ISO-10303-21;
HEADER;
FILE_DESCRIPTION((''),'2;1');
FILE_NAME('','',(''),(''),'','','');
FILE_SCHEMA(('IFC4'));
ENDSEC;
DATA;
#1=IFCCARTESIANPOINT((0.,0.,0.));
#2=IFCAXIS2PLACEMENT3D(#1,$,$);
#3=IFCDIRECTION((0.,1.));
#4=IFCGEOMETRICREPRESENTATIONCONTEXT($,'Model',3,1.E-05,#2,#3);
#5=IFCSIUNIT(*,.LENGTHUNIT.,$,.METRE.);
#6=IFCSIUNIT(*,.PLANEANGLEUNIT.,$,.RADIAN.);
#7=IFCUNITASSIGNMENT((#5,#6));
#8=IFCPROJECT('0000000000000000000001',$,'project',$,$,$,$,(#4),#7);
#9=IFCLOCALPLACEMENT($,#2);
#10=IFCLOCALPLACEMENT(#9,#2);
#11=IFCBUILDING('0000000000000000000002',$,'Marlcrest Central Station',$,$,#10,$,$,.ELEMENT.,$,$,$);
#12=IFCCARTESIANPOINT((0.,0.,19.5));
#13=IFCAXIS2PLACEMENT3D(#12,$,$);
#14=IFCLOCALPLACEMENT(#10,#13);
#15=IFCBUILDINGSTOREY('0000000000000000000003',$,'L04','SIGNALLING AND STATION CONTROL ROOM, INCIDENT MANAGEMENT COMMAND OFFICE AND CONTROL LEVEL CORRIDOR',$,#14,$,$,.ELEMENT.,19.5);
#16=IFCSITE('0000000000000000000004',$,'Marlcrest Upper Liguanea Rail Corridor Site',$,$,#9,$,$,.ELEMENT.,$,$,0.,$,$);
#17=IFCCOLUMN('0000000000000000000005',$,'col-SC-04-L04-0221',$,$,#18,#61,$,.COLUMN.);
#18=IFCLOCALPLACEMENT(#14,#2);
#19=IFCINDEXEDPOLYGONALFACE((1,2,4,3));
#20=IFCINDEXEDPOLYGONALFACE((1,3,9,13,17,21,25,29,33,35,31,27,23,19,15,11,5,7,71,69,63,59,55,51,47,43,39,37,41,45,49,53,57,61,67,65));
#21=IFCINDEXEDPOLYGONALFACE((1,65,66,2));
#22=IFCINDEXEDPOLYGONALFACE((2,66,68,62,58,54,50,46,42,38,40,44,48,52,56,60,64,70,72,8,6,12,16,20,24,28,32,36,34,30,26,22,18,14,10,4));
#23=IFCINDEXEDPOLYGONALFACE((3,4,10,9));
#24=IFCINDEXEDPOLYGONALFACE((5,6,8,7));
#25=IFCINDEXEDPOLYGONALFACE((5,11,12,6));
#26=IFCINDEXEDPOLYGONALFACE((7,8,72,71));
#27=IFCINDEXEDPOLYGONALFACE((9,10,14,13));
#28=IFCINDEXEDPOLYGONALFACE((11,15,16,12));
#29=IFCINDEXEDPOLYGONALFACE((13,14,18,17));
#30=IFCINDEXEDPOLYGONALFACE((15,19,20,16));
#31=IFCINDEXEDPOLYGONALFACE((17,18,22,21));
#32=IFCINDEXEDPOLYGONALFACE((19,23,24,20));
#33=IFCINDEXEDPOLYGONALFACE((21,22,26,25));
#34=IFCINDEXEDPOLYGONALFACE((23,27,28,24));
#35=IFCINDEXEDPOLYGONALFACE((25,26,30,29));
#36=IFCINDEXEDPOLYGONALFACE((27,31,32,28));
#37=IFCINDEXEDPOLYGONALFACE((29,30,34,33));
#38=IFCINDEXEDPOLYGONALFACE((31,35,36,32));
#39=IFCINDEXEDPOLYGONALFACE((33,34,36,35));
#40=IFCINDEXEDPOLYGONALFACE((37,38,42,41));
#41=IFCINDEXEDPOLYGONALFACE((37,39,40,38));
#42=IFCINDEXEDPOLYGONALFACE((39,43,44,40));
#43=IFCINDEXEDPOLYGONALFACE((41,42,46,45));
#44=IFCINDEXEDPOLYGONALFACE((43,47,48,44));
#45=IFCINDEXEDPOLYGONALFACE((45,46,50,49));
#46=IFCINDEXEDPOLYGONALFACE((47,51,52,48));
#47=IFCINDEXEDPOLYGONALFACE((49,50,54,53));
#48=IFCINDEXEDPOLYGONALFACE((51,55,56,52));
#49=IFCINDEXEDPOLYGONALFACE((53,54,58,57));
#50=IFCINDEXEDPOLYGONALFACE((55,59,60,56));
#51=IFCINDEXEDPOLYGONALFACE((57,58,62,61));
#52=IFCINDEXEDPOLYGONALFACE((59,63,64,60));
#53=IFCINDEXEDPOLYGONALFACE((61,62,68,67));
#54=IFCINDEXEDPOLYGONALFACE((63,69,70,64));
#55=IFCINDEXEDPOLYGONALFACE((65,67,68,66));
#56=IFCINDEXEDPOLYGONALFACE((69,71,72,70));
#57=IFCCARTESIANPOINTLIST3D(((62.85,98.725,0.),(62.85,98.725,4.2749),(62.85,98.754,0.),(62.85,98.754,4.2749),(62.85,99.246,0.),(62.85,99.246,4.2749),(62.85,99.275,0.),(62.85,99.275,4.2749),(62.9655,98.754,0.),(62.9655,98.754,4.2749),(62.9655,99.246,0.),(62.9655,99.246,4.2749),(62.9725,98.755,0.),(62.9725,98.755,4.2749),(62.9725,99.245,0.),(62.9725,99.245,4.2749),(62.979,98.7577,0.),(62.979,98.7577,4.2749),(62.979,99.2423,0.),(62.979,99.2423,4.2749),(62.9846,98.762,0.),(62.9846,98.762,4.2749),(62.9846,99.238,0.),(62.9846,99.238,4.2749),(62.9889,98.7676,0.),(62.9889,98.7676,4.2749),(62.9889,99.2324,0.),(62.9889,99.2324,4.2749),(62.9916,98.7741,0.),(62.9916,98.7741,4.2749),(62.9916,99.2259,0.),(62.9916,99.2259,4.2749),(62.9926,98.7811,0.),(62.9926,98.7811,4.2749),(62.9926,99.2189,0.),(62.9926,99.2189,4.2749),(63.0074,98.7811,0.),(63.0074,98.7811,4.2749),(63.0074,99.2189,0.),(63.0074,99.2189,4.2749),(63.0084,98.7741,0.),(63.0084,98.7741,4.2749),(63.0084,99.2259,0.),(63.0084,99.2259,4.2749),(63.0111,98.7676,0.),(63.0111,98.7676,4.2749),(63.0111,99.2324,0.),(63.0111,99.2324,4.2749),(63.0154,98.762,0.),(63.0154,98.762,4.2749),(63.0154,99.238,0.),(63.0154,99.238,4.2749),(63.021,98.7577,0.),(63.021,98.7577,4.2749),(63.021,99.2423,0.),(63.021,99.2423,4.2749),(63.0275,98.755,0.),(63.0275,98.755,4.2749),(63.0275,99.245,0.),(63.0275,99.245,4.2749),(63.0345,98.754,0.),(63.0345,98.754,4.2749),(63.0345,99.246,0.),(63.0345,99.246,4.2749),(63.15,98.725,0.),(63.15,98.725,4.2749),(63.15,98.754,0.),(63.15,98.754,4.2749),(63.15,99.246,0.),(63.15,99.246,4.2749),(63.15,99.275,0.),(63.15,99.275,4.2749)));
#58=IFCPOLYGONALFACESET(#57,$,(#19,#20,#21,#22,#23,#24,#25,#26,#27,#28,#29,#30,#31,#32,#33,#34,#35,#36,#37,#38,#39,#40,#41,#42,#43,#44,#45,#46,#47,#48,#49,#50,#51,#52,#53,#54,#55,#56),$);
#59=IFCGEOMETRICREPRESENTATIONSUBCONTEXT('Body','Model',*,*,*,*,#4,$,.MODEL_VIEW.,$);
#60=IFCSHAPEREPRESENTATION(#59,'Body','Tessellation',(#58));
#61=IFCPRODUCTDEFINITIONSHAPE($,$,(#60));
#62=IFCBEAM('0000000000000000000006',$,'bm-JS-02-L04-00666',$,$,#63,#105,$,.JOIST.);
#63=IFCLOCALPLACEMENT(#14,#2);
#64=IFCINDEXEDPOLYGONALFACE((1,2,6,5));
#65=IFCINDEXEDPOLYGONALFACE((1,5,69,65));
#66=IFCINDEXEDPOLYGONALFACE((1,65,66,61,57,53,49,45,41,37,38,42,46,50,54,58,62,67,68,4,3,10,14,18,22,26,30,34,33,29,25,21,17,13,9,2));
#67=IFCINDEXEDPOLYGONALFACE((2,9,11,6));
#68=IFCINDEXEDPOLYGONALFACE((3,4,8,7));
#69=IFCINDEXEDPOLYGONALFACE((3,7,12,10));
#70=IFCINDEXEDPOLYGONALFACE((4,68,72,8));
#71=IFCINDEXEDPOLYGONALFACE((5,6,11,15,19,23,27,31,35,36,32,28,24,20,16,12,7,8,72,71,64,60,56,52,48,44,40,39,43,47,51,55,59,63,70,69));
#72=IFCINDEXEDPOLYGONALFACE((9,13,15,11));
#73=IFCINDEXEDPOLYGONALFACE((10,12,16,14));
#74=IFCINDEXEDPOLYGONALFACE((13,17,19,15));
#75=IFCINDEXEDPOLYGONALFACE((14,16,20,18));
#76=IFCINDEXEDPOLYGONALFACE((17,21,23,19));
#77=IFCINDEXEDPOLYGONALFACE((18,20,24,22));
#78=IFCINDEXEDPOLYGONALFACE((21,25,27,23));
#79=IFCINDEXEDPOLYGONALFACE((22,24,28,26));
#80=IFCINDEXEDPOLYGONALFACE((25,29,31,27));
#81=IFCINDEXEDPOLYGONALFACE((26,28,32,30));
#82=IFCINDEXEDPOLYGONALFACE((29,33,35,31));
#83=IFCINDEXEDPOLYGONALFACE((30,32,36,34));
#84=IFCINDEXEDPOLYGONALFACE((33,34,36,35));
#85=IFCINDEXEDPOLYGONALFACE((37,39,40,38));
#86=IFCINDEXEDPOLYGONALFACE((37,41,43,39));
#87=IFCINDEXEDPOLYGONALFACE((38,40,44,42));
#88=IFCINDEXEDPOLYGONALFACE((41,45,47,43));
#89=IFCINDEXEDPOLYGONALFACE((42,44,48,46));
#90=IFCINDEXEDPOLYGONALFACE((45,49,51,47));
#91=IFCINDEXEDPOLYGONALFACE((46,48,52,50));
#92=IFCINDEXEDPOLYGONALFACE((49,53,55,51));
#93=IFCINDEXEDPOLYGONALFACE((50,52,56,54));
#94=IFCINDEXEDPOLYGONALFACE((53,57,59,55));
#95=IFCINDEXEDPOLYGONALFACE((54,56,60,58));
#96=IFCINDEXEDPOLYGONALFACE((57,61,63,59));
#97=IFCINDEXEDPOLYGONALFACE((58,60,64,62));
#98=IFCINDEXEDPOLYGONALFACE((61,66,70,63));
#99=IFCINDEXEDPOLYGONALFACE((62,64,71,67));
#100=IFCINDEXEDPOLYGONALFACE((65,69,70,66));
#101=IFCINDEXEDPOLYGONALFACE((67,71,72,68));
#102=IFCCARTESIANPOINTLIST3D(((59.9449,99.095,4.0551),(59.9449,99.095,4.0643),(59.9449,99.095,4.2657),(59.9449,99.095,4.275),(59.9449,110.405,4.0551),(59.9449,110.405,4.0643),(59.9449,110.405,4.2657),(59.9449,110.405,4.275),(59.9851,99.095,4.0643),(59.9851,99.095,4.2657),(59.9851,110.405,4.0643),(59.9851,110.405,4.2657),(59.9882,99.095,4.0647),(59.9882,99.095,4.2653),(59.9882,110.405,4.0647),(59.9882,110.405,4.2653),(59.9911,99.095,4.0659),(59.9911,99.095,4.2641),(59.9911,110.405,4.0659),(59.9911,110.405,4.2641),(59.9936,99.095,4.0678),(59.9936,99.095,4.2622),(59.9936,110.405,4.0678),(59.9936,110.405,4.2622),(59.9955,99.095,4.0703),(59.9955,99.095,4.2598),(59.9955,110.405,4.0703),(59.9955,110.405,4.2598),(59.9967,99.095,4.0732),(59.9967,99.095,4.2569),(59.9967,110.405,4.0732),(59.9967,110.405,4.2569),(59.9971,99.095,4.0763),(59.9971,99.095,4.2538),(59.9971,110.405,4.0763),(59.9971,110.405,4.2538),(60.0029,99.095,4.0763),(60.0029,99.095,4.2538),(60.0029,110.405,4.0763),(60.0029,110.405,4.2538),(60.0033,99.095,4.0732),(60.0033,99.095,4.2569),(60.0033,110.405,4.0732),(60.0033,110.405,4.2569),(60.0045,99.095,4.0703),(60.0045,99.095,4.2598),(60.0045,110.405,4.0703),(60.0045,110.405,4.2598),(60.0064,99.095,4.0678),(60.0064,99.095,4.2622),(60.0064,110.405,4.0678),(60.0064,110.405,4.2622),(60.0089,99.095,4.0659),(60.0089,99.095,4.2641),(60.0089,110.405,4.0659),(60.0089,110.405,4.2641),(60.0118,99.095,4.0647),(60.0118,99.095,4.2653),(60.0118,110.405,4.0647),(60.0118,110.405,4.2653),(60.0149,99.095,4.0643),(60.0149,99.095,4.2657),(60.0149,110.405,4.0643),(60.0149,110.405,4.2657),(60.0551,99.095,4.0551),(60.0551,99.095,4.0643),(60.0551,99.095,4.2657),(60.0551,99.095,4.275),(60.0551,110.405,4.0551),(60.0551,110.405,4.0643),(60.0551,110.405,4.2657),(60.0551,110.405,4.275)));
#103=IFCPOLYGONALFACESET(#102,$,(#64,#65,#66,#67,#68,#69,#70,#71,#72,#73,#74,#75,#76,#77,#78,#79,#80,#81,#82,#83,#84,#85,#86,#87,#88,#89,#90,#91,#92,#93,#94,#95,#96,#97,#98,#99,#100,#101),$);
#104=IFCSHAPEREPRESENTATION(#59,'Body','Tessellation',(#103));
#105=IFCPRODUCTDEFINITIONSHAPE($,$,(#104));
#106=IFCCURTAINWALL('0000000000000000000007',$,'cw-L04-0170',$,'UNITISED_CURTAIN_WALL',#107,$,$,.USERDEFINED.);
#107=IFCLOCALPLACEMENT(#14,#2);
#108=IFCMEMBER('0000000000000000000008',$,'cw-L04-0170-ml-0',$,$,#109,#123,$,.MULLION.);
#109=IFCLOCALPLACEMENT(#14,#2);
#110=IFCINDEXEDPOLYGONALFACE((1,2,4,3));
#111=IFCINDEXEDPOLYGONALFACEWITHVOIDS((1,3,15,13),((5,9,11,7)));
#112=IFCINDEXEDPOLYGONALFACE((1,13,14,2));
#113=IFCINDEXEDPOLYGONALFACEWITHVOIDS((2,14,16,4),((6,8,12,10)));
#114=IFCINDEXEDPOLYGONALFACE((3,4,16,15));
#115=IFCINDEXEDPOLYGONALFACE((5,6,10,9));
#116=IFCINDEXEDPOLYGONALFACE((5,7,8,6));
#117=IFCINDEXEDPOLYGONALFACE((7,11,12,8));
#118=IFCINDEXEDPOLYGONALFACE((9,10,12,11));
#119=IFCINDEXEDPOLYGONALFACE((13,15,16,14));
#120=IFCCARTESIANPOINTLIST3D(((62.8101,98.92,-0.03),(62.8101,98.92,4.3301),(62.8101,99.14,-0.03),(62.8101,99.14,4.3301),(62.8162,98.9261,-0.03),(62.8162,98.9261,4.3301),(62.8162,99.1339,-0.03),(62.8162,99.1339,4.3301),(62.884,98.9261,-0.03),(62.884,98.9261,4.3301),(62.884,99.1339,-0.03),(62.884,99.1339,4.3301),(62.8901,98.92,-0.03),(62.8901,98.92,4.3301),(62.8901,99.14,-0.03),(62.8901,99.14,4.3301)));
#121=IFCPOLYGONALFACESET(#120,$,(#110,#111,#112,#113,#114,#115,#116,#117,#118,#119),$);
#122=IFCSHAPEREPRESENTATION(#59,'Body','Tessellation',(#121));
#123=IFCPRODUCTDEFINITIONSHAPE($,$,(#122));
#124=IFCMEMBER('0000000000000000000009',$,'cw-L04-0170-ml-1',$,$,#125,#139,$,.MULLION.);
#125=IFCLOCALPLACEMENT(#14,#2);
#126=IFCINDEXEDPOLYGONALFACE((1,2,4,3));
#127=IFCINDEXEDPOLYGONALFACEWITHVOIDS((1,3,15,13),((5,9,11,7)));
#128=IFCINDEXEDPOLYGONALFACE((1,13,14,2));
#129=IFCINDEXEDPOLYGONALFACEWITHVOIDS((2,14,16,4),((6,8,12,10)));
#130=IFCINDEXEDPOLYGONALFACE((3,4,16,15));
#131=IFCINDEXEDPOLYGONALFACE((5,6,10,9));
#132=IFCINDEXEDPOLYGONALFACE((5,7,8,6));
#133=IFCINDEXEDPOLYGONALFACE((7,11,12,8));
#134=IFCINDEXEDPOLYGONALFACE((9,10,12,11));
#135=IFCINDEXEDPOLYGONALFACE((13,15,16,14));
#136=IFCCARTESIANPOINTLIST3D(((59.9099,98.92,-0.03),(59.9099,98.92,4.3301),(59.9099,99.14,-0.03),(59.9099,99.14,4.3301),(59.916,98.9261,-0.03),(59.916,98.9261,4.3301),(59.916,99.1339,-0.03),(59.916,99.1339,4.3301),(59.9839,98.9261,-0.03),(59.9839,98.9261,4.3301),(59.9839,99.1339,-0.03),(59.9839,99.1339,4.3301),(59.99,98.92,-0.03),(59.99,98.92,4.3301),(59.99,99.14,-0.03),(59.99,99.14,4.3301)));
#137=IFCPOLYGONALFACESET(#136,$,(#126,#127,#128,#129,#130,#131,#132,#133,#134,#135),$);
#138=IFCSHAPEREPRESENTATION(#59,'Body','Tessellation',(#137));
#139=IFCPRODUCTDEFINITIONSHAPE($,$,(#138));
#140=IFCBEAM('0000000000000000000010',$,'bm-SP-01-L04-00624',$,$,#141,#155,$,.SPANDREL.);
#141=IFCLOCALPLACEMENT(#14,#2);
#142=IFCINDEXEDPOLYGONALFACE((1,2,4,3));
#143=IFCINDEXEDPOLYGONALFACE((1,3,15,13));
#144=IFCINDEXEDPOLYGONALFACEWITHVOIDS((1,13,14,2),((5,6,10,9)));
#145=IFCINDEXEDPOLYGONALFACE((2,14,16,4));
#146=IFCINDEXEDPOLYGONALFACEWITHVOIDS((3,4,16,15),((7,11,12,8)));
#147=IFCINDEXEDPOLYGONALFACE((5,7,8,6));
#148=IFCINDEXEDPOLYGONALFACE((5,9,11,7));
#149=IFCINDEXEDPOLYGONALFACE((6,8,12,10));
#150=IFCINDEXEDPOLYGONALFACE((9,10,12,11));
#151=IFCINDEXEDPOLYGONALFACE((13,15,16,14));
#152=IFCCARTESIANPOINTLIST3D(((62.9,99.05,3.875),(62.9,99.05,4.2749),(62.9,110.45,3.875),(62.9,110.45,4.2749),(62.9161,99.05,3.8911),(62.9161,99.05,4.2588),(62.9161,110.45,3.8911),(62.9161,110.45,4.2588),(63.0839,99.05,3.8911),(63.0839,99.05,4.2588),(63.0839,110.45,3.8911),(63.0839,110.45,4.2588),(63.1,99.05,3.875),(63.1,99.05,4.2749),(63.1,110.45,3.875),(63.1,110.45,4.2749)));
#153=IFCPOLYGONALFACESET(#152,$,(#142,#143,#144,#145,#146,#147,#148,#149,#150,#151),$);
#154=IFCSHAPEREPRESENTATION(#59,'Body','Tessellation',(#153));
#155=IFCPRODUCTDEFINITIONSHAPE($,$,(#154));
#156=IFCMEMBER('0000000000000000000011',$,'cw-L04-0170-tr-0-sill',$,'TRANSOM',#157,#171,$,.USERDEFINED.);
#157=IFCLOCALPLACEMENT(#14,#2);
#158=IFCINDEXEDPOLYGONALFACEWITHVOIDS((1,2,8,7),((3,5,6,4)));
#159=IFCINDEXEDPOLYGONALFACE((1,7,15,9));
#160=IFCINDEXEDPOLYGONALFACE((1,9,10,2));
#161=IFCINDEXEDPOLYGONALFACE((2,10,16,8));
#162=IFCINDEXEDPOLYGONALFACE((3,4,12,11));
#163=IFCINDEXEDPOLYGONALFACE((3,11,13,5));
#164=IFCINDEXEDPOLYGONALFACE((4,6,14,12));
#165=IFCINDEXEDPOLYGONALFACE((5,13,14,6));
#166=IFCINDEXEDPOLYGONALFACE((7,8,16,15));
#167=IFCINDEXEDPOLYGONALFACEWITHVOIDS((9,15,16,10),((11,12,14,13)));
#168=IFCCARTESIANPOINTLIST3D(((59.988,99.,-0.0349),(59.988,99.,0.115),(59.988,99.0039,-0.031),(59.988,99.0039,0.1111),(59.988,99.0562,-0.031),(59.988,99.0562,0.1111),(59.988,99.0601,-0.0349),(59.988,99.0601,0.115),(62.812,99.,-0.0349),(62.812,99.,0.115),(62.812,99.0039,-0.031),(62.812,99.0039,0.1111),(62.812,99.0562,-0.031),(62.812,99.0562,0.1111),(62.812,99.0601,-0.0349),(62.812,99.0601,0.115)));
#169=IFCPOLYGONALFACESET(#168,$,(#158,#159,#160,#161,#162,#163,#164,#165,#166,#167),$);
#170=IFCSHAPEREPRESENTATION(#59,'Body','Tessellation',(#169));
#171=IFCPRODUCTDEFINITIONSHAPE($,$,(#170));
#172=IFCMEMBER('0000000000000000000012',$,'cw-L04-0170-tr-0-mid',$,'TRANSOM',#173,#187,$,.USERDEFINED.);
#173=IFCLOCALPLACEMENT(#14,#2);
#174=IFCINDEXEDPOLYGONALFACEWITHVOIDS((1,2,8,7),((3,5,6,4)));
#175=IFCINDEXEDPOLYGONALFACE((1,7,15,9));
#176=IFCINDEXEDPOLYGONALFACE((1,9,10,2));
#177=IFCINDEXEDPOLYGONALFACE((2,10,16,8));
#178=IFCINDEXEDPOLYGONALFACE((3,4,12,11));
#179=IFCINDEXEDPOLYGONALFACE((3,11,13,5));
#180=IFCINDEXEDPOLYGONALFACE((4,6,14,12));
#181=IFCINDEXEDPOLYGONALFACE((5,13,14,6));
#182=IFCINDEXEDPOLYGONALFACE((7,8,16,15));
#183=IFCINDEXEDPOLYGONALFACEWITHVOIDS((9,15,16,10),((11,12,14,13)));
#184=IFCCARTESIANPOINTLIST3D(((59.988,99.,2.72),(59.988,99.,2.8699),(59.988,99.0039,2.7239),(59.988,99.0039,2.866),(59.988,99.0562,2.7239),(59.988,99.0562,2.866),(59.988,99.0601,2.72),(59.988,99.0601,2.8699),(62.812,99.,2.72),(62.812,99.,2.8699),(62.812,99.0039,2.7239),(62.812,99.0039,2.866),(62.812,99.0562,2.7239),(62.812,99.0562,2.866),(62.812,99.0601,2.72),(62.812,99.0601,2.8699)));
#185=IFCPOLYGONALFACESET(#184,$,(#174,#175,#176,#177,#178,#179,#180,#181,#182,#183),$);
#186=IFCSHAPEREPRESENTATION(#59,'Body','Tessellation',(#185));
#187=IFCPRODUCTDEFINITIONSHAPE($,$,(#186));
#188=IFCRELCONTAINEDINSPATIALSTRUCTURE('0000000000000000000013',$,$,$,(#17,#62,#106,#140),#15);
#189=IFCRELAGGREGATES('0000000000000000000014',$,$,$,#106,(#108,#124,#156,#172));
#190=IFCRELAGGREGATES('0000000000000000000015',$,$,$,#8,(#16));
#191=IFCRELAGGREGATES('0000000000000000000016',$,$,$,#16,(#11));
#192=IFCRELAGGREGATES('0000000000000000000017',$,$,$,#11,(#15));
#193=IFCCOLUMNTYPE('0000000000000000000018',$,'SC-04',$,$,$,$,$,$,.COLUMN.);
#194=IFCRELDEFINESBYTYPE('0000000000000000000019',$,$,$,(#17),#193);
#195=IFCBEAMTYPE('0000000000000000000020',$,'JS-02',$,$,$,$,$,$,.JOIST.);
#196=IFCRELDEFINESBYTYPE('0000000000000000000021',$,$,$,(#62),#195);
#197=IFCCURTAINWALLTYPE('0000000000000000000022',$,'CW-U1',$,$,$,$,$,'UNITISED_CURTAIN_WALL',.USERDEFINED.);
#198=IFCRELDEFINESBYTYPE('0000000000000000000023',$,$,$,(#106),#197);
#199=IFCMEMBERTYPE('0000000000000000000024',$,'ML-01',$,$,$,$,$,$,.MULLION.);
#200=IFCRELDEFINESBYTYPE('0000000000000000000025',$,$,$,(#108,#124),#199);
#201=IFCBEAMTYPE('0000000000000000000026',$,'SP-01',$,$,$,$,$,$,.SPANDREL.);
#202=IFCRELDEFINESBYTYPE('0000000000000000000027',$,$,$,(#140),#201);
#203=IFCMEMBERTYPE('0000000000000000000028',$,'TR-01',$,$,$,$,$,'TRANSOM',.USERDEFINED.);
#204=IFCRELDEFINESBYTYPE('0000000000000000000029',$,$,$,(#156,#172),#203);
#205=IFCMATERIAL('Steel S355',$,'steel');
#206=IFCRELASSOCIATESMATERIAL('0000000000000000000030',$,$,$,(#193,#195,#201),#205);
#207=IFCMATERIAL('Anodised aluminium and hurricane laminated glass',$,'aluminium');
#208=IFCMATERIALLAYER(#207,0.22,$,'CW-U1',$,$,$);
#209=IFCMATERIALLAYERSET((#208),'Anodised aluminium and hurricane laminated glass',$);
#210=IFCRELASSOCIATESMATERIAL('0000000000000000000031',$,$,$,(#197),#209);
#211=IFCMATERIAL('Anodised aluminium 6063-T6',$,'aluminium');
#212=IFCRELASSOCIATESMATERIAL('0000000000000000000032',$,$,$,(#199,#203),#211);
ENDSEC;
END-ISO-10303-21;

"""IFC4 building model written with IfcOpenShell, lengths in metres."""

from ifc_helpers import new_model, si_unit, direction, frame, origin, origin_2d, place, context, subcontext, project, spatial, hollow_rectangle, i_section, extrude, material, layer, layer_set, material_profile, profile_set, type_object, element, aggregate, save


model = new_model("IFC4")

# Units and contexts
model_context = context("Model", 3, precision=1e-05, world=origin(), true_north=direction((0.0, 1.0)))
body_context = subcontext(model_context, "Body", "Model", "MODEL_VIEW")
ifc_project = project(units=[si_unit("LENGTHUNIT", "METRE"), si_unit("PLANEANGLEUNIT", "RADIAN")], contexts=[model_context])

# Site, building, storey
site_placement = place(None, origin())
site = spatial("IfcSite", under=ifc_project, at=site_placement, Name="Marlcrest Upper Liguanea Rail Corridor Site", CompositionType="ELEMENT", RefElevation=0.0)
building_placement = place(site_placement, origin())
building = spatial("IfcBuilding", under=site, at=building_placement, Name="Marlcrest Central Station", CompositionType="ELEMENT")
storey_placement = place(building_placement, frame((0.0, 0.0, 19.5)))
storey = spatial("IfcBuildingStorey", under=building, at=storey_placement, Name="L04", Description="SIGNALLING AND STATION CONTROL ROOM, INCIDENT MANAGEMENT COMMAND OFFICE AND CONTROL LEVEL CORRIDOR", CompositionType="ELEMENT", Elevation=19.5)

# Column
ifc_material_1 = material(Name="Steel S355", Category="steel")
ifc_material_profile_1 = material_profile(ifc_material_1, i_section(OverallWidth=0.3, OverallDepth=0.55, WebThickness=0.0149, FlangeThickness=0.0291, FilletRadius=0.0271, at=origin_2d()), Name="HEB 550")
ifc_profile_set_1 = profile_set([ifc_material_profile_1], Name="Steel S355")
column_type = type_object("IfcColumnType", Name="SC-04", PredefinedType="COLUMN", material=ifc_profile_set_1)
column_placement = place(storey_placement, frame((63.0, 99.0, 0.0), z_axis=(0.0, 0.0, 1.0), x_axis=(1.0, 0.0, 0.0)))
element("IfcColumn", 1, at=column_placement, inside=storey, type_object=column_type, Name="col-SC-04-L04-0221", PredefinedType="COLUMN", context=body_context, shape_type="SweptSolid", body=[
    extrude(i_section(OverallWidth=0.3, OverallDepth=0.55, WebThickness=0.0149, FlangeThickness=0.0291, FilletRadius=0.0271, at=origin_2d()), origin(), (0.0, 0.0, 1.0), 4.2749),
])

# Beam
ifc_material_profile_2 = material_profile(ifc_material_1, i_section(OverallWidth=0.1101, OverallDepth=0.22, WebThickness=0.0059, FlangeThickness=0.0093, FilletRadius=0.012, at=origin_2d()), Name="IPE 220")
ifc_profile_set_2 = profile_set([ifc_material_profile_2], Name="Steel S355")
beam_type_1 = type_object("IfcBeamType", Name="JS-02", PredefinedType="JOIST", material=ifc_profile_set_2)
beam_1_placement = place(storey_placement, frame((60.0, 99.095, 4.165), z_axis=(0.0, 1.0, 0.0), x_axis=(-1.0, 0.0, 0.0)))
element("IfcBeam", 2, at=beam_1_placement, inside=storey, type_object=beam_type_1, Name="bm-JS-02-L04-00666", PredefinedType="JOIST", context=body_context, shape_type="SweptSolid", body=[
    extrude(i_section(OverallWidth=0.1101, OverallDepth=0.22, WebThickness=0.0059, FlangeThickness=0.0093, FilletRadius=0.012, at=origin_2d()), origin(), (0.0, 0.0, 1.0), 11.3101),
])

# Curtain wall, members
ifc_material_2 = material(Name="Anodised aluminium and hurricane laminated glass", Category="aluminium")
ifc_layer_1 = layer(ifc_material_2, 0.22, Name="CW-U1")
ifc_layer_set_1 = layer_set([ifc_layer_1], Name="Anodised aluminium and hurricane laminated glass")
curtain_wall_type = type_object("IfcCurtainWallType", Name="CW-U1", ElementType="UNITISED_CURTAIN_WALL", PredefinedType="USERDEFINED", material=ifc_layer_set_1)
curtain_wall_placement = place(storey_placement, origin())
curtain_wall = element("IfcCurtainWall", 3, at=curtain_wall_placement, inside=storey, type_object=curtain_wall_type, Name="cw-L04-0170", ObjectType="UNITISED_CURTAIN_WALL", PredefinedType="USERDEFINED")
ifc_material_3 = material(Name="Anodised aluminium 6063-T6", Category="aluminium")
ifc_material_profile_3 = material_profile(ifc_material_3, hollow_rectangle(XDim=0.0801, YDim=0.22, WallThickness=0.0061, at=origin_2d()), Name="AA-RHS 220x80x6")
ifc_profile_set_3 = profile_set([ifc_material_profile_3], Name="Anodised aluminium 6063-T6")
member_type_1 = type_object("IfcMemberType", Name="ML-01", PredefinedType="MULLION", material=ifc_profile_set_3)
member_1_placement = place(storey_placement, frame((62.8501, 99.03, -0.03), z_axis=(0.0, 0.0, 1.0), x_axis=(1.0, 0.0, 0.0)))
member_1 = element("IfcMember", 4, at=member_1_placement, type_object=member_type_1, Name="cw-L04-0170-ml-0", PredefinedType="MULLION", context=body_context, shape_type="SweptSolid", body=[
    extrude(hollow_rectangle(XDim=0.0801, YDim=0.22, WallThickness=0.0061, at=origin_2d()), origin(), (0.0, 0.0, 1.0), 4.3601),
])
member_2_placement = place(storey_placement, frame((59.95, 99.03, -0.03), z_axis=(0.0, 0.0, 1.0), x_axis=(1.0, 0.0, 0.0)))
member_2 = element("IfcMember", 5, at=member_2_placement, type_object=member_type_1, Name="cw-L04-0170-ml-1", PredefinedType="MULLION", context=body_context, shape_type="SweptSolid", body=[
    extrude(hollow_rectangle(XDim=0.0801, YDim=0.22, WallThickness=0.0061, at=origin_2d()), origin(), (0.0, 0.0, 1.0), 4.3601),
])

# Beam
ifc_material_profile_4 = material_profile(ifc_material_1, hollow_rectangle(XDim=0.2, YDim=0.3999, WallThickness=0.0161, at=origin_2d()), Name="RHS 400x200x16")
ifc_profile_set_4 = profile_set([ifc_material_profile_4], Name="Steel S355")
beam_type_2 = type_object("IfcBeamType", Name="SP-01", PredefinedType="SPANDREL", material=ifc_profile_set_4)
beam_2_placement = place(storey_placement, frame((63.0, 99.05, 4.075), z_axis=(0.0, 1.0, 0.0), x_axis=(-1.0, 0.0, 0.0)))
element("IfcBeam", 6, at=beam_2_placement, inside=storey, type_object=beam_type_2, Name="bm-SP-01-L04-00624", PredefinedType="SPANDREL", context=body_context, shape_type="SweptSolid", body=[
    extrude(hollow_rectangle(XDim=0.2, YDim=0.3999, WallThickness=0.0161, at=origin_2d()), origin(), (0.0, 0.0, 1.0), 11.3999),
])

# Members
ifc_material_profile_5 = material_profile(ifc_material_3, hollow_rectangle(XDim=0.0601, YDim=0.1499, WallThickness=0.0039, at=origin_2d()), Name="AA-RHS 150x60x4")
ifc_profile_set_5 = profile_set([ifc_material_profile_5], Name="Anodised aluminium 6063-T6")
member_type_2 = type_object("IfcMemberType", Name="TR-01", ElementType="TRANSOM", PredefinedType="USERDEFINED", material=ifc_profile_set_5)
member_3_placement = place(storey_placement, frame((62.812, 99.03, 0.04), z_axis=(-1.0, 0.0, 0.0), x_axis=(0.0, -1.0, 0.0)))
member_3 = element("IfcMember", 7, at=member_3_placement, type_object=member_type_2, Name="cw-L04-0170-tr-0-sill", ObjectType="TRANSOM", PredefinedType="USERDEFINED", context=body_context, shape_type="SweptSolid", body=[
    extrude(hollow_rectangle(XDim=0.0601, YDim=0.1499, WallThickness=0.0039, at=origin_2d()), origin(), (0.0, 0.0, 1.0), 2.824),
])
member_4_placement = place(storey_placement, frame((62.812, 99.03, 2.7949), z_axis=(-1.0, 0.0, 0.0), x_axis=(0.0, -1.0, 0.0)))
member_4 = element("IfcMember", 8, at=member_4_placement, type_object=member_type_2, Name="cw-L04-0170-tr-0-mid", ObjectType="TRANSOM", PredefinedType="USERDEFINED", context=body_context, shape_type="SweptSolid", body=[
    extrude(hollow_rectangle(XDim=0.0601, YDim=0.1499, WallThickness=0.0039, at=origin_2d()), origin(), (0.0, 0.0, 1.0), 2.824),
])

aggregate(curtain_wall, [member_1, member_2, member_3, member_4])

save(model, "model.ifc")
